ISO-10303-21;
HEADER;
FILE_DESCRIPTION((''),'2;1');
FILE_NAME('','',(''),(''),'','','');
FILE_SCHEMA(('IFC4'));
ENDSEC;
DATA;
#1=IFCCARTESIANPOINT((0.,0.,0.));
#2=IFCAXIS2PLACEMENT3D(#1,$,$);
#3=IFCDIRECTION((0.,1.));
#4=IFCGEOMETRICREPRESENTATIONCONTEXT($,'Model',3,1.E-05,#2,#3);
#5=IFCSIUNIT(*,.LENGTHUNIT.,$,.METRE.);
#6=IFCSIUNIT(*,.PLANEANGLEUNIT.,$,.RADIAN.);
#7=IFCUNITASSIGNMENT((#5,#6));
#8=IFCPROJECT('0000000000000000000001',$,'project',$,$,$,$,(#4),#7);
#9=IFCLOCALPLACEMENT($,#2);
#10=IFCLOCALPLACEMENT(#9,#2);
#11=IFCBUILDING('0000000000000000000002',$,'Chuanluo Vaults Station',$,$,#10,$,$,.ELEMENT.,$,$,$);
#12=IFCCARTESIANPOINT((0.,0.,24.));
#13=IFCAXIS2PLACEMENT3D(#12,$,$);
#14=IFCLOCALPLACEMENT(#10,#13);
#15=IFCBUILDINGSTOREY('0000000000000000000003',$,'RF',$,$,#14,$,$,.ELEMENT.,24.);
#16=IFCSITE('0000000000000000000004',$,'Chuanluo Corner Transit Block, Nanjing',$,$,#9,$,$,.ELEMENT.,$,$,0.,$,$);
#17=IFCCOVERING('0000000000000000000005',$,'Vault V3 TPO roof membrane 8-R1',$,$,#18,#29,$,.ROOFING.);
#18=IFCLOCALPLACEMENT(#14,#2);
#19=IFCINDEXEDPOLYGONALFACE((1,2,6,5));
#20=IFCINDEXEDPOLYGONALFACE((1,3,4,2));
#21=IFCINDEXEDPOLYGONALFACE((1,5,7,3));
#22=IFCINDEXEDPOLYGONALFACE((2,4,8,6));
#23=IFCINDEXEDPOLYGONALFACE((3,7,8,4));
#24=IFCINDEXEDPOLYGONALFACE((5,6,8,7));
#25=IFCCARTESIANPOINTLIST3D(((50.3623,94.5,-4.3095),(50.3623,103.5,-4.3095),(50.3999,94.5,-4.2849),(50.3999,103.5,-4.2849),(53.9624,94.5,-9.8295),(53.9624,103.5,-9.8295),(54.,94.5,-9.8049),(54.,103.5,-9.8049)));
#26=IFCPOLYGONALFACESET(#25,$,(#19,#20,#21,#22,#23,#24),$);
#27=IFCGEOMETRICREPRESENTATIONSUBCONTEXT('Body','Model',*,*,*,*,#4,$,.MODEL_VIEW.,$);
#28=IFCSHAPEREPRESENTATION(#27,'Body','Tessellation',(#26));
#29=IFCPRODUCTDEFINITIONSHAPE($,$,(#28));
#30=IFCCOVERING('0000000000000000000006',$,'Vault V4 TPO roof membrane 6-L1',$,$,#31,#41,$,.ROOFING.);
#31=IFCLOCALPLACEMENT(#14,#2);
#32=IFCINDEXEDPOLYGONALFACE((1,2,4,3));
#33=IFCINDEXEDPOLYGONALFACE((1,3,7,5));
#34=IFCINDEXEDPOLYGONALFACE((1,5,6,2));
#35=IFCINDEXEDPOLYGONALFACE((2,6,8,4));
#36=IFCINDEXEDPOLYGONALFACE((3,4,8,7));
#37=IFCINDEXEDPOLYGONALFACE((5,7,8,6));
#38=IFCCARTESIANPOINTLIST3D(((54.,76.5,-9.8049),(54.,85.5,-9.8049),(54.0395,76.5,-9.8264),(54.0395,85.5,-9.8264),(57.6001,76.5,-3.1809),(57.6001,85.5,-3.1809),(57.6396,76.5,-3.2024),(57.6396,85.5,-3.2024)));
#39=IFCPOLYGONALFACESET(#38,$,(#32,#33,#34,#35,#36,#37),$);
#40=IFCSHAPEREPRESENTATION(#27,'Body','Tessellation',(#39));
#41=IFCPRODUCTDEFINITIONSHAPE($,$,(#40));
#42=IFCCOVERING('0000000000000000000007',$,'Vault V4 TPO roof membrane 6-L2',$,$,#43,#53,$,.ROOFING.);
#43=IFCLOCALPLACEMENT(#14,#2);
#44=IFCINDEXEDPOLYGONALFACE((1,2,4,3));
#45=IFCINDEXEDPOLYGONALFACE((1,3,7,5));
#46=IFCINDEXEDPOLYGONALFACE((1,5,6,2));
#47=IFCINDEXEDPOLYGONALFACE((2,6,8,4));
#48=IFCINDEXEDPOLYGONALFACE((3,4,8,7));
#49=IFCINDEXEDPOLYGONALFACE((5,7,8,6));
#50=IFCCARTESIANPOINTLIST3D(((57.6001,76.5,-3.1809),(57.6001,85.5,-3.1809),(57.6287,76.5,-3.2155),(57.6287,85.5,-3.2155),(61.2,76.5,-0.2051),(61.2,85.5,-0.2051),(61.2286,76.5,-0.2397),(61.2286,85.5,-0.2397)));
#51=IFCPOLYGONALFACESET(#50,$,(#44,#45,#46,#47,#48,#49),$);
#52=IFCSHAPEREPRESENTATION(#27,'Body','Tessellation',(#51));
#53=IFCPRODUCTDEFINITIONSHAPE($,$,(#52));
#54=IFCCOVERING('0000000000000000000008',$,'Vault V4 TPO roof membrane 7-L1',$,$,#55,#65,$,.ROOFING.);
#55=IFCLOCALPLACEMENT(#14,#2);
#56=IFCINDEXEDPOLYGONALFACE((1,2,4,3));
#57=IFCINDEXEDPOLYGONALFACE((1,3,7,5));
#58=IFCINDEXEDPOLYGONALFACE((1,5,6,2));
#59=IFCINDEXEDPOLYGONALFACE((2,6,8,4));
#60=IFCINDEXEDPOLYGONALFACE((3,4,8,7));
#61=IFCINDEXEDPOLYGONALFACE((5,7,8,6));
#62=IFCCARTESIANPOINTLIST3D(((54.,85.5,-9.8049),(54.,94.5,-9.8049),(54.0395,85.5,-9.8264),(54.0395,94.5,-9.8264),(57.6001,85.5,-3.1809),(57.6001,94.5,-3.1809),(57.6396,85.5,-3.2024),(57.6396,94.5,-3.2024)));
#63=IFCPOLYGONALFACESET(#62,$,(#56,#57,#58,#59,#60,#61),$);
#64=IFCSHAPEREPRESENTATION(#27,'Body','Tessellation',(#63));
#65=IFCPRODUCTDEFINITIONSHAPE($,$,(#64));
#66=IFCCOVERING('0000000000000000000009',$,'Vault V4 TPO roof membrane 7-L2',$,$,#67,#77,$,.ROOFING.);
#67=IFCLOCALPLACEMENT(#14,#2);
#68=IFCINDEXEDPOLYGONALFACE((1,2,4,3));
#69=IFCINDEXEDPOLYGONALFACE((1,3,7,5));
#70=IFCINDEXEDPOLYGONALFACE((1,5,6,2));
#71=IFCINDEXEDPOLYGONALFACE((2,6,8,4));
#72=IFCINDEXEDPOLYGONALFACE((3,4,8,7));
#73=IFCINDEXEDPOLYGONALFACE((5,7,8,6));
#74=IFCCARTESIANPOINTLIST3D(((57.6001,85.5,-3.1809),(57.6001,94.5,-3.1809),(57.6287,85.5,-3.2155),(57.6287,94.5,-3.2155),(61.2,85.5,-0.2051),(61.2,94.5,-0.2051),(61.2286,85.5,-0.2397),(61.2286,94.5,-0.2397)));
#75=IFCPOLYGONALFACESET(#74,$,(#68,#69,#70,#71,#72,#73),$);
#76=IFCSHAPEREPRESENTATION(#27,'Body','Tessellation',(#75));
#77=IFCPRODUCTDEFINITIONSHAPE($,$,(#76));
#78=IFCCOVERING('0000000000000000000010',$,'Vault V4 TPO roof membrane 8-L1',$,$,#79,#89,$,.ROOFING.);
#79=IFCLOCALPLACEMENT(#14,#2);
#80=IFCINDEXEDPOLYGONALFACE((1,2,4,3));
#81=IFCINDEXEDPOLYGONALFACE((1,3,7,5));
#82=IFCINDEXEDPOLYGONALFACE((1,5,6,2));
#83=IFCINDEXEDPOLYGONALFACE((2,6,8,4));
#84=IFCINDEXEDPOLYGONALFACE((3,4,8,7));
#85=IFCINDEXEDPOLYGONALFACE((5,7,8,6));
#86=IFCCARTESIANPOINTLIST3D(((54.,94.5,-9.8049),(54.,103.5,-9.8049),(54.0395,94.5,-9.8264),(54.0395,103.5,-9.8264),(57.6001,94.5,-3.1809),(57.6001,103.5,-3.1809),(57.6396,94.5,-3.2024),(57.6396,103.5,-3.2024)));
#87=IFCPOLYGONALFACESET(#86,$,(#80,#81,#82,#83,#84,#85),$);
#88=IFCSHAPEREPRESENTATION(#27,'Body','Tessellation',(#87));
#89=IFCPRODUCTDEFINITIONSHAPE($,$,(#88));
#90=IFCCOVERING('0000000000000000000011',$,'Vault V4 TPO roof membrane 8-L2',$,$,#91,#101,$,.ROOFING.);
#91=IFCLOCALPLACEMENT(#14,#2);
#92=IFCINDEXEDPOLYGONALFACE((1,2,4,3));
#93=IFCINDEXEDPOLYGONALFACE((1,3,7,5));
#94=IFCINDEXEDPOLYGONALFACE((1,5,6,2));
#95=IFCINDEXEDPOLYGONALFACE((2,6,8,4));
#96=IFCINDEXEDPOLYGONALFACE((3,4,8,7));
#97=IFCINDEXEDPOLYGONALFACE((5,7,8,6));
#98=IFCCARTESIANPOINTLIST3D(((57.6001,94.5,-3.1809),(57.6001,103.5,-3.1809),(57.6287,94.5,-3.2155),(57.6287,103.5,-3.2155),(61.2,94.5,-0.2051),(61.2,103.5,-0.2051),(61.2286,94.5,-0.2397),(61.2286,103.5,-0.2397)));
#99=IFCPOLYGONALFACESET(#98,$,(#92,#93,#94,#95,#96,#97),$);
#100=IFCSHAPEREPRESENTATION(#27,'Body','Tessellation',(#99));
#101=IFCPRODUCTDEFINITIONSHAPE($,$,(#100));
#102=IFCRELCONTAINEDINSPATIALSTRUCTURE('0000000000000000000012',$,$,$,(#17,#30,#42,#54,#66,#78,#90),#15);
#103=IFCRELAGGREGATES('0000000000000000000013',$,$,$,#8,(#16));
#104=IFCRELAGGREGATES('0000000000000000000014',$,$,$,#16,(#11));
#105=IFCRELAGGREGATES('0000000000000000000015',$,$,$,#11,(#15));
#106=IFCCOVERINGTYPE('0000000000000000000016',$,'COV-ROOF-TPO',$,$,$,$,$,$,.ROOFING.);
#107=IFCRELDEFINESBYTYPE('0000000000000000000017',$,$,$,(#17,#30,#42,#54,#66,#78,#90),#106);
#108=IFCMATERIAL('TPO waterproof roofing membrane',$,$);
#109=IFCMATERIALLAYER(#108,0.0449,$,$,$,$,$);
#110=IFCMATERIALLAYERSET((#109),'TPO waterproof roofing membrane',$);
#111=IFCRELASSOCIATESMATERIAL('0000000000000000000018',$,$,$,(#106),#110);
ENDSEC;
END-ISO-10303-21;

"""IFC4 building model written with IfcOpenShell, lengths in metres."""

from ifc_helpers import new_model, si_unit, direction, frame, origin, place, context, subcontext, project, spatial, polyline, outline, extrude, material, layer, layer_set, type_object, element, save


model = new_model("IFC4")

# Units and contexts
model_context = context("Model", 3, precision=1e-05, world=origin(), true_north=direction((0.0, 1.0)))
body_context = subcontext(model_context, "Body", "Model", "MODEL_VIEW")
ifc_project = project(units=[si_unit("LENGTHUNIT", "METRE"), si_unit("PLANEANGLEUNIT", "RADIAN")], contexts=[model_context])

# Site, building, storey
site_placement = place(None, origin())
site = spatial("IfcSite", under=ifc_project, at=site_placement, Name="Chuanluo Corner Transit Block, Nanjing", CompositionType="ELEMENT", RefElevation=0.0)
building_placement = place(site_placement, origin())
building = spatial("IfcBuilding", under=site, at=building_placement, Name="Chuanluo Vaults Station", CompositionType="ELEMENT")
storey_placement = place(building_placement, frame((0.0, 0.0, 24.0)))
storey = spatial("IfcBuildingStorey", under=building, at=storey_placement, Name="RF", CompositionType="ELEMENT", Elevation=24.0)

# Coverings
ifc_material_1 = material(Name="TPO waterproof roofing membrane")
ifc_layer_1 = layer(ifc_material_1, 0.0449)
ifc_layer_set_1 = layer_set([ifc_layer_1], Name="TPO waterproof roofing membrane")
covering_type_1 = type_object("IfcCoveringType", Name="COV-ROOF-TPO", PredefinedType="ROOFING", material=ifc_layer_set_1)
covering_1_placement = place(storey_placement, frame((50.3999, 94.5, -4.2849), z_axis=(0.837605, 0.0, 0.546277), x_axis=(0.546277, 0.0, -0.837605)))
element("IfcCovering", 1, at=covering_1_placement, inside=storey, type_object=covering_type_1, Name="Vault V3 TPO roof membrane 8-R1", PredefinedType="ROOFING", context=body_context, shape_type="SweptSolid", body=[
    extrude(outline(polyline([(0.0, 0.0), (6.5902, 0.0), (6.5902, 9.0), (0.0, 9.0), (0.0, 0.0)])), origin(), (0.0, 0.0, -1.0), 0.0449),
])
covering_2_placement = place(storey_placement, frame((54.0, 76.5, -9.8049), z_axis=(-0.87862, 0.0, 0.477522), x_axis=(0.477522, 0.0, 0.87862)))
element("IfcCovering", 2, at=covering_2_placement, inside=storey, type_object=covering_type_1, Name="Vault V4 TPO roof membrane 6-L1", PredefinedType="ROOFING", context=body_context, shape_type="SweptSolid", body=[
    extrude(outline(polyline([(0.0, 0.0), (7.5391, 0.0), (7.5391, 9.0), (0.0, 9.0), (0.0, 0.0)])), origin(), (0.0, 0.0, -1.0), 0.0449),
])
covering_3_placement = place(storey_placement, frame((57.6001, 76.5, -3.1809), z_axis=(-0.637141, 0.0, 0.770747), x_axis=(0.770747, 0.0, 0.637141)))
element("IfcCovering", 3, at=covering_3_placement, inside=storey, type_object=covering_type_1, Name="Vault V4 TPO roof membrane 6-L2", PredefinedType="ROOFING", context=body_context, shape_type="SweptSolid", body=[
    extrude(outline(polyline([(0.0, 0.0), (4.6706, 0.0), (4.6706, 9.0), (0.0, 9.0), (0.0, 0.0)])), origin(), (0.0, 0.0, -1.0), 0.0449),
])
covering_4_placement = place(storey_placement, frame((54.0, 85.5, -9.8049), z_axis=(-0.87862, 0.0, 0.477522), x_axis=(0.477522, 0.0, 0.87862)))
element("IfcCovering", 4, at=covering_4_placement, inside=storey, type_object=covering_type_1, Name="Vault V4 TPO roof membrane 7-L1", PredefinedType="ROOFING", context=body_context, shape_type="SweptSolid", body=[
    extrude(outline(polyline([(0.0, 0.0), (7.5391, 0.0), (7.5391, 9.0), (0.0, 9.0), (0.0, 0.0)])), origin(), (0.0, 0.0, -1.0), 0.0449),
])
covering_5_placement = place(storey_placement, frame((57.6001, 85.5, -3.1809), z_axis=(-0.637141, 0.0, 0.770747), x_axis=(0.770747, 0.0, 0.637141)))
element("IfcCovering", 5, at=covering_5_placement, inside=storey, type_object=covering_type_1, Name="Vault V4 TPO roof membrane 7-L2", PredefinedType="ROOFING", context=body_context, shape_type="SweptSolid", body=[
    extrude(outline(polyline([(0.0, 0.0), (4.6706, 0.0), (4.6706, 9.0), (0.0, 9.0), (0.0, 0.0)])), origin(), (0.0, 0.0, -1.0), 0.0449),
])
covering_6_placement = place(storey_placement, frame((54.0, 94.5, -9.8049), z_axis=(-0.87862, 0.0, 0.477522), x_axis=(0.477522, 0.0, 0.87862)))
element("IfcCovering", 6, at=covering_6_placement, inside=storey, type_object=covering_type_1, Name="Vault V4 TPO roof membrane 8-L1", PredefinedType="ROOFING", context=body_context, shape_type="SweptSolid", body=[
    extrude(outline(polyline([(0.0, 0.0), (7.5391, 0.0), (7.5391, 9.0), (0.0, 9.0), (0.0, 0.0)])), origin(), (0.0, 0.0, -1.0), 0.0449),
])
covering_7_placement = place(storey_placement, frame((57.6001, 94.5, -3.1809), z_axis=(-0.637141, 0.0, 0.770747), x_axis=(0.770747, 0.0, 0.637141)))
element("IfcCovering", 7, at=covering_7_placement, inside=storey, type_object=covering_type_1, Name="Vault V4 TPO roof membrane 8-L2", PredefinedType="ROOFING", context=body_context, shape_type="SweptSolid", body=[
    extrude(outline(polyline([(0.0, 0.0), (4.6706, 0.0), (4.6706, 9.0), (0.0, 9.0), (0.0, 0.0)])), origin(), (0.0, 0.0, -1.0), 0.0449),
])

save(model, "model.ifc")
